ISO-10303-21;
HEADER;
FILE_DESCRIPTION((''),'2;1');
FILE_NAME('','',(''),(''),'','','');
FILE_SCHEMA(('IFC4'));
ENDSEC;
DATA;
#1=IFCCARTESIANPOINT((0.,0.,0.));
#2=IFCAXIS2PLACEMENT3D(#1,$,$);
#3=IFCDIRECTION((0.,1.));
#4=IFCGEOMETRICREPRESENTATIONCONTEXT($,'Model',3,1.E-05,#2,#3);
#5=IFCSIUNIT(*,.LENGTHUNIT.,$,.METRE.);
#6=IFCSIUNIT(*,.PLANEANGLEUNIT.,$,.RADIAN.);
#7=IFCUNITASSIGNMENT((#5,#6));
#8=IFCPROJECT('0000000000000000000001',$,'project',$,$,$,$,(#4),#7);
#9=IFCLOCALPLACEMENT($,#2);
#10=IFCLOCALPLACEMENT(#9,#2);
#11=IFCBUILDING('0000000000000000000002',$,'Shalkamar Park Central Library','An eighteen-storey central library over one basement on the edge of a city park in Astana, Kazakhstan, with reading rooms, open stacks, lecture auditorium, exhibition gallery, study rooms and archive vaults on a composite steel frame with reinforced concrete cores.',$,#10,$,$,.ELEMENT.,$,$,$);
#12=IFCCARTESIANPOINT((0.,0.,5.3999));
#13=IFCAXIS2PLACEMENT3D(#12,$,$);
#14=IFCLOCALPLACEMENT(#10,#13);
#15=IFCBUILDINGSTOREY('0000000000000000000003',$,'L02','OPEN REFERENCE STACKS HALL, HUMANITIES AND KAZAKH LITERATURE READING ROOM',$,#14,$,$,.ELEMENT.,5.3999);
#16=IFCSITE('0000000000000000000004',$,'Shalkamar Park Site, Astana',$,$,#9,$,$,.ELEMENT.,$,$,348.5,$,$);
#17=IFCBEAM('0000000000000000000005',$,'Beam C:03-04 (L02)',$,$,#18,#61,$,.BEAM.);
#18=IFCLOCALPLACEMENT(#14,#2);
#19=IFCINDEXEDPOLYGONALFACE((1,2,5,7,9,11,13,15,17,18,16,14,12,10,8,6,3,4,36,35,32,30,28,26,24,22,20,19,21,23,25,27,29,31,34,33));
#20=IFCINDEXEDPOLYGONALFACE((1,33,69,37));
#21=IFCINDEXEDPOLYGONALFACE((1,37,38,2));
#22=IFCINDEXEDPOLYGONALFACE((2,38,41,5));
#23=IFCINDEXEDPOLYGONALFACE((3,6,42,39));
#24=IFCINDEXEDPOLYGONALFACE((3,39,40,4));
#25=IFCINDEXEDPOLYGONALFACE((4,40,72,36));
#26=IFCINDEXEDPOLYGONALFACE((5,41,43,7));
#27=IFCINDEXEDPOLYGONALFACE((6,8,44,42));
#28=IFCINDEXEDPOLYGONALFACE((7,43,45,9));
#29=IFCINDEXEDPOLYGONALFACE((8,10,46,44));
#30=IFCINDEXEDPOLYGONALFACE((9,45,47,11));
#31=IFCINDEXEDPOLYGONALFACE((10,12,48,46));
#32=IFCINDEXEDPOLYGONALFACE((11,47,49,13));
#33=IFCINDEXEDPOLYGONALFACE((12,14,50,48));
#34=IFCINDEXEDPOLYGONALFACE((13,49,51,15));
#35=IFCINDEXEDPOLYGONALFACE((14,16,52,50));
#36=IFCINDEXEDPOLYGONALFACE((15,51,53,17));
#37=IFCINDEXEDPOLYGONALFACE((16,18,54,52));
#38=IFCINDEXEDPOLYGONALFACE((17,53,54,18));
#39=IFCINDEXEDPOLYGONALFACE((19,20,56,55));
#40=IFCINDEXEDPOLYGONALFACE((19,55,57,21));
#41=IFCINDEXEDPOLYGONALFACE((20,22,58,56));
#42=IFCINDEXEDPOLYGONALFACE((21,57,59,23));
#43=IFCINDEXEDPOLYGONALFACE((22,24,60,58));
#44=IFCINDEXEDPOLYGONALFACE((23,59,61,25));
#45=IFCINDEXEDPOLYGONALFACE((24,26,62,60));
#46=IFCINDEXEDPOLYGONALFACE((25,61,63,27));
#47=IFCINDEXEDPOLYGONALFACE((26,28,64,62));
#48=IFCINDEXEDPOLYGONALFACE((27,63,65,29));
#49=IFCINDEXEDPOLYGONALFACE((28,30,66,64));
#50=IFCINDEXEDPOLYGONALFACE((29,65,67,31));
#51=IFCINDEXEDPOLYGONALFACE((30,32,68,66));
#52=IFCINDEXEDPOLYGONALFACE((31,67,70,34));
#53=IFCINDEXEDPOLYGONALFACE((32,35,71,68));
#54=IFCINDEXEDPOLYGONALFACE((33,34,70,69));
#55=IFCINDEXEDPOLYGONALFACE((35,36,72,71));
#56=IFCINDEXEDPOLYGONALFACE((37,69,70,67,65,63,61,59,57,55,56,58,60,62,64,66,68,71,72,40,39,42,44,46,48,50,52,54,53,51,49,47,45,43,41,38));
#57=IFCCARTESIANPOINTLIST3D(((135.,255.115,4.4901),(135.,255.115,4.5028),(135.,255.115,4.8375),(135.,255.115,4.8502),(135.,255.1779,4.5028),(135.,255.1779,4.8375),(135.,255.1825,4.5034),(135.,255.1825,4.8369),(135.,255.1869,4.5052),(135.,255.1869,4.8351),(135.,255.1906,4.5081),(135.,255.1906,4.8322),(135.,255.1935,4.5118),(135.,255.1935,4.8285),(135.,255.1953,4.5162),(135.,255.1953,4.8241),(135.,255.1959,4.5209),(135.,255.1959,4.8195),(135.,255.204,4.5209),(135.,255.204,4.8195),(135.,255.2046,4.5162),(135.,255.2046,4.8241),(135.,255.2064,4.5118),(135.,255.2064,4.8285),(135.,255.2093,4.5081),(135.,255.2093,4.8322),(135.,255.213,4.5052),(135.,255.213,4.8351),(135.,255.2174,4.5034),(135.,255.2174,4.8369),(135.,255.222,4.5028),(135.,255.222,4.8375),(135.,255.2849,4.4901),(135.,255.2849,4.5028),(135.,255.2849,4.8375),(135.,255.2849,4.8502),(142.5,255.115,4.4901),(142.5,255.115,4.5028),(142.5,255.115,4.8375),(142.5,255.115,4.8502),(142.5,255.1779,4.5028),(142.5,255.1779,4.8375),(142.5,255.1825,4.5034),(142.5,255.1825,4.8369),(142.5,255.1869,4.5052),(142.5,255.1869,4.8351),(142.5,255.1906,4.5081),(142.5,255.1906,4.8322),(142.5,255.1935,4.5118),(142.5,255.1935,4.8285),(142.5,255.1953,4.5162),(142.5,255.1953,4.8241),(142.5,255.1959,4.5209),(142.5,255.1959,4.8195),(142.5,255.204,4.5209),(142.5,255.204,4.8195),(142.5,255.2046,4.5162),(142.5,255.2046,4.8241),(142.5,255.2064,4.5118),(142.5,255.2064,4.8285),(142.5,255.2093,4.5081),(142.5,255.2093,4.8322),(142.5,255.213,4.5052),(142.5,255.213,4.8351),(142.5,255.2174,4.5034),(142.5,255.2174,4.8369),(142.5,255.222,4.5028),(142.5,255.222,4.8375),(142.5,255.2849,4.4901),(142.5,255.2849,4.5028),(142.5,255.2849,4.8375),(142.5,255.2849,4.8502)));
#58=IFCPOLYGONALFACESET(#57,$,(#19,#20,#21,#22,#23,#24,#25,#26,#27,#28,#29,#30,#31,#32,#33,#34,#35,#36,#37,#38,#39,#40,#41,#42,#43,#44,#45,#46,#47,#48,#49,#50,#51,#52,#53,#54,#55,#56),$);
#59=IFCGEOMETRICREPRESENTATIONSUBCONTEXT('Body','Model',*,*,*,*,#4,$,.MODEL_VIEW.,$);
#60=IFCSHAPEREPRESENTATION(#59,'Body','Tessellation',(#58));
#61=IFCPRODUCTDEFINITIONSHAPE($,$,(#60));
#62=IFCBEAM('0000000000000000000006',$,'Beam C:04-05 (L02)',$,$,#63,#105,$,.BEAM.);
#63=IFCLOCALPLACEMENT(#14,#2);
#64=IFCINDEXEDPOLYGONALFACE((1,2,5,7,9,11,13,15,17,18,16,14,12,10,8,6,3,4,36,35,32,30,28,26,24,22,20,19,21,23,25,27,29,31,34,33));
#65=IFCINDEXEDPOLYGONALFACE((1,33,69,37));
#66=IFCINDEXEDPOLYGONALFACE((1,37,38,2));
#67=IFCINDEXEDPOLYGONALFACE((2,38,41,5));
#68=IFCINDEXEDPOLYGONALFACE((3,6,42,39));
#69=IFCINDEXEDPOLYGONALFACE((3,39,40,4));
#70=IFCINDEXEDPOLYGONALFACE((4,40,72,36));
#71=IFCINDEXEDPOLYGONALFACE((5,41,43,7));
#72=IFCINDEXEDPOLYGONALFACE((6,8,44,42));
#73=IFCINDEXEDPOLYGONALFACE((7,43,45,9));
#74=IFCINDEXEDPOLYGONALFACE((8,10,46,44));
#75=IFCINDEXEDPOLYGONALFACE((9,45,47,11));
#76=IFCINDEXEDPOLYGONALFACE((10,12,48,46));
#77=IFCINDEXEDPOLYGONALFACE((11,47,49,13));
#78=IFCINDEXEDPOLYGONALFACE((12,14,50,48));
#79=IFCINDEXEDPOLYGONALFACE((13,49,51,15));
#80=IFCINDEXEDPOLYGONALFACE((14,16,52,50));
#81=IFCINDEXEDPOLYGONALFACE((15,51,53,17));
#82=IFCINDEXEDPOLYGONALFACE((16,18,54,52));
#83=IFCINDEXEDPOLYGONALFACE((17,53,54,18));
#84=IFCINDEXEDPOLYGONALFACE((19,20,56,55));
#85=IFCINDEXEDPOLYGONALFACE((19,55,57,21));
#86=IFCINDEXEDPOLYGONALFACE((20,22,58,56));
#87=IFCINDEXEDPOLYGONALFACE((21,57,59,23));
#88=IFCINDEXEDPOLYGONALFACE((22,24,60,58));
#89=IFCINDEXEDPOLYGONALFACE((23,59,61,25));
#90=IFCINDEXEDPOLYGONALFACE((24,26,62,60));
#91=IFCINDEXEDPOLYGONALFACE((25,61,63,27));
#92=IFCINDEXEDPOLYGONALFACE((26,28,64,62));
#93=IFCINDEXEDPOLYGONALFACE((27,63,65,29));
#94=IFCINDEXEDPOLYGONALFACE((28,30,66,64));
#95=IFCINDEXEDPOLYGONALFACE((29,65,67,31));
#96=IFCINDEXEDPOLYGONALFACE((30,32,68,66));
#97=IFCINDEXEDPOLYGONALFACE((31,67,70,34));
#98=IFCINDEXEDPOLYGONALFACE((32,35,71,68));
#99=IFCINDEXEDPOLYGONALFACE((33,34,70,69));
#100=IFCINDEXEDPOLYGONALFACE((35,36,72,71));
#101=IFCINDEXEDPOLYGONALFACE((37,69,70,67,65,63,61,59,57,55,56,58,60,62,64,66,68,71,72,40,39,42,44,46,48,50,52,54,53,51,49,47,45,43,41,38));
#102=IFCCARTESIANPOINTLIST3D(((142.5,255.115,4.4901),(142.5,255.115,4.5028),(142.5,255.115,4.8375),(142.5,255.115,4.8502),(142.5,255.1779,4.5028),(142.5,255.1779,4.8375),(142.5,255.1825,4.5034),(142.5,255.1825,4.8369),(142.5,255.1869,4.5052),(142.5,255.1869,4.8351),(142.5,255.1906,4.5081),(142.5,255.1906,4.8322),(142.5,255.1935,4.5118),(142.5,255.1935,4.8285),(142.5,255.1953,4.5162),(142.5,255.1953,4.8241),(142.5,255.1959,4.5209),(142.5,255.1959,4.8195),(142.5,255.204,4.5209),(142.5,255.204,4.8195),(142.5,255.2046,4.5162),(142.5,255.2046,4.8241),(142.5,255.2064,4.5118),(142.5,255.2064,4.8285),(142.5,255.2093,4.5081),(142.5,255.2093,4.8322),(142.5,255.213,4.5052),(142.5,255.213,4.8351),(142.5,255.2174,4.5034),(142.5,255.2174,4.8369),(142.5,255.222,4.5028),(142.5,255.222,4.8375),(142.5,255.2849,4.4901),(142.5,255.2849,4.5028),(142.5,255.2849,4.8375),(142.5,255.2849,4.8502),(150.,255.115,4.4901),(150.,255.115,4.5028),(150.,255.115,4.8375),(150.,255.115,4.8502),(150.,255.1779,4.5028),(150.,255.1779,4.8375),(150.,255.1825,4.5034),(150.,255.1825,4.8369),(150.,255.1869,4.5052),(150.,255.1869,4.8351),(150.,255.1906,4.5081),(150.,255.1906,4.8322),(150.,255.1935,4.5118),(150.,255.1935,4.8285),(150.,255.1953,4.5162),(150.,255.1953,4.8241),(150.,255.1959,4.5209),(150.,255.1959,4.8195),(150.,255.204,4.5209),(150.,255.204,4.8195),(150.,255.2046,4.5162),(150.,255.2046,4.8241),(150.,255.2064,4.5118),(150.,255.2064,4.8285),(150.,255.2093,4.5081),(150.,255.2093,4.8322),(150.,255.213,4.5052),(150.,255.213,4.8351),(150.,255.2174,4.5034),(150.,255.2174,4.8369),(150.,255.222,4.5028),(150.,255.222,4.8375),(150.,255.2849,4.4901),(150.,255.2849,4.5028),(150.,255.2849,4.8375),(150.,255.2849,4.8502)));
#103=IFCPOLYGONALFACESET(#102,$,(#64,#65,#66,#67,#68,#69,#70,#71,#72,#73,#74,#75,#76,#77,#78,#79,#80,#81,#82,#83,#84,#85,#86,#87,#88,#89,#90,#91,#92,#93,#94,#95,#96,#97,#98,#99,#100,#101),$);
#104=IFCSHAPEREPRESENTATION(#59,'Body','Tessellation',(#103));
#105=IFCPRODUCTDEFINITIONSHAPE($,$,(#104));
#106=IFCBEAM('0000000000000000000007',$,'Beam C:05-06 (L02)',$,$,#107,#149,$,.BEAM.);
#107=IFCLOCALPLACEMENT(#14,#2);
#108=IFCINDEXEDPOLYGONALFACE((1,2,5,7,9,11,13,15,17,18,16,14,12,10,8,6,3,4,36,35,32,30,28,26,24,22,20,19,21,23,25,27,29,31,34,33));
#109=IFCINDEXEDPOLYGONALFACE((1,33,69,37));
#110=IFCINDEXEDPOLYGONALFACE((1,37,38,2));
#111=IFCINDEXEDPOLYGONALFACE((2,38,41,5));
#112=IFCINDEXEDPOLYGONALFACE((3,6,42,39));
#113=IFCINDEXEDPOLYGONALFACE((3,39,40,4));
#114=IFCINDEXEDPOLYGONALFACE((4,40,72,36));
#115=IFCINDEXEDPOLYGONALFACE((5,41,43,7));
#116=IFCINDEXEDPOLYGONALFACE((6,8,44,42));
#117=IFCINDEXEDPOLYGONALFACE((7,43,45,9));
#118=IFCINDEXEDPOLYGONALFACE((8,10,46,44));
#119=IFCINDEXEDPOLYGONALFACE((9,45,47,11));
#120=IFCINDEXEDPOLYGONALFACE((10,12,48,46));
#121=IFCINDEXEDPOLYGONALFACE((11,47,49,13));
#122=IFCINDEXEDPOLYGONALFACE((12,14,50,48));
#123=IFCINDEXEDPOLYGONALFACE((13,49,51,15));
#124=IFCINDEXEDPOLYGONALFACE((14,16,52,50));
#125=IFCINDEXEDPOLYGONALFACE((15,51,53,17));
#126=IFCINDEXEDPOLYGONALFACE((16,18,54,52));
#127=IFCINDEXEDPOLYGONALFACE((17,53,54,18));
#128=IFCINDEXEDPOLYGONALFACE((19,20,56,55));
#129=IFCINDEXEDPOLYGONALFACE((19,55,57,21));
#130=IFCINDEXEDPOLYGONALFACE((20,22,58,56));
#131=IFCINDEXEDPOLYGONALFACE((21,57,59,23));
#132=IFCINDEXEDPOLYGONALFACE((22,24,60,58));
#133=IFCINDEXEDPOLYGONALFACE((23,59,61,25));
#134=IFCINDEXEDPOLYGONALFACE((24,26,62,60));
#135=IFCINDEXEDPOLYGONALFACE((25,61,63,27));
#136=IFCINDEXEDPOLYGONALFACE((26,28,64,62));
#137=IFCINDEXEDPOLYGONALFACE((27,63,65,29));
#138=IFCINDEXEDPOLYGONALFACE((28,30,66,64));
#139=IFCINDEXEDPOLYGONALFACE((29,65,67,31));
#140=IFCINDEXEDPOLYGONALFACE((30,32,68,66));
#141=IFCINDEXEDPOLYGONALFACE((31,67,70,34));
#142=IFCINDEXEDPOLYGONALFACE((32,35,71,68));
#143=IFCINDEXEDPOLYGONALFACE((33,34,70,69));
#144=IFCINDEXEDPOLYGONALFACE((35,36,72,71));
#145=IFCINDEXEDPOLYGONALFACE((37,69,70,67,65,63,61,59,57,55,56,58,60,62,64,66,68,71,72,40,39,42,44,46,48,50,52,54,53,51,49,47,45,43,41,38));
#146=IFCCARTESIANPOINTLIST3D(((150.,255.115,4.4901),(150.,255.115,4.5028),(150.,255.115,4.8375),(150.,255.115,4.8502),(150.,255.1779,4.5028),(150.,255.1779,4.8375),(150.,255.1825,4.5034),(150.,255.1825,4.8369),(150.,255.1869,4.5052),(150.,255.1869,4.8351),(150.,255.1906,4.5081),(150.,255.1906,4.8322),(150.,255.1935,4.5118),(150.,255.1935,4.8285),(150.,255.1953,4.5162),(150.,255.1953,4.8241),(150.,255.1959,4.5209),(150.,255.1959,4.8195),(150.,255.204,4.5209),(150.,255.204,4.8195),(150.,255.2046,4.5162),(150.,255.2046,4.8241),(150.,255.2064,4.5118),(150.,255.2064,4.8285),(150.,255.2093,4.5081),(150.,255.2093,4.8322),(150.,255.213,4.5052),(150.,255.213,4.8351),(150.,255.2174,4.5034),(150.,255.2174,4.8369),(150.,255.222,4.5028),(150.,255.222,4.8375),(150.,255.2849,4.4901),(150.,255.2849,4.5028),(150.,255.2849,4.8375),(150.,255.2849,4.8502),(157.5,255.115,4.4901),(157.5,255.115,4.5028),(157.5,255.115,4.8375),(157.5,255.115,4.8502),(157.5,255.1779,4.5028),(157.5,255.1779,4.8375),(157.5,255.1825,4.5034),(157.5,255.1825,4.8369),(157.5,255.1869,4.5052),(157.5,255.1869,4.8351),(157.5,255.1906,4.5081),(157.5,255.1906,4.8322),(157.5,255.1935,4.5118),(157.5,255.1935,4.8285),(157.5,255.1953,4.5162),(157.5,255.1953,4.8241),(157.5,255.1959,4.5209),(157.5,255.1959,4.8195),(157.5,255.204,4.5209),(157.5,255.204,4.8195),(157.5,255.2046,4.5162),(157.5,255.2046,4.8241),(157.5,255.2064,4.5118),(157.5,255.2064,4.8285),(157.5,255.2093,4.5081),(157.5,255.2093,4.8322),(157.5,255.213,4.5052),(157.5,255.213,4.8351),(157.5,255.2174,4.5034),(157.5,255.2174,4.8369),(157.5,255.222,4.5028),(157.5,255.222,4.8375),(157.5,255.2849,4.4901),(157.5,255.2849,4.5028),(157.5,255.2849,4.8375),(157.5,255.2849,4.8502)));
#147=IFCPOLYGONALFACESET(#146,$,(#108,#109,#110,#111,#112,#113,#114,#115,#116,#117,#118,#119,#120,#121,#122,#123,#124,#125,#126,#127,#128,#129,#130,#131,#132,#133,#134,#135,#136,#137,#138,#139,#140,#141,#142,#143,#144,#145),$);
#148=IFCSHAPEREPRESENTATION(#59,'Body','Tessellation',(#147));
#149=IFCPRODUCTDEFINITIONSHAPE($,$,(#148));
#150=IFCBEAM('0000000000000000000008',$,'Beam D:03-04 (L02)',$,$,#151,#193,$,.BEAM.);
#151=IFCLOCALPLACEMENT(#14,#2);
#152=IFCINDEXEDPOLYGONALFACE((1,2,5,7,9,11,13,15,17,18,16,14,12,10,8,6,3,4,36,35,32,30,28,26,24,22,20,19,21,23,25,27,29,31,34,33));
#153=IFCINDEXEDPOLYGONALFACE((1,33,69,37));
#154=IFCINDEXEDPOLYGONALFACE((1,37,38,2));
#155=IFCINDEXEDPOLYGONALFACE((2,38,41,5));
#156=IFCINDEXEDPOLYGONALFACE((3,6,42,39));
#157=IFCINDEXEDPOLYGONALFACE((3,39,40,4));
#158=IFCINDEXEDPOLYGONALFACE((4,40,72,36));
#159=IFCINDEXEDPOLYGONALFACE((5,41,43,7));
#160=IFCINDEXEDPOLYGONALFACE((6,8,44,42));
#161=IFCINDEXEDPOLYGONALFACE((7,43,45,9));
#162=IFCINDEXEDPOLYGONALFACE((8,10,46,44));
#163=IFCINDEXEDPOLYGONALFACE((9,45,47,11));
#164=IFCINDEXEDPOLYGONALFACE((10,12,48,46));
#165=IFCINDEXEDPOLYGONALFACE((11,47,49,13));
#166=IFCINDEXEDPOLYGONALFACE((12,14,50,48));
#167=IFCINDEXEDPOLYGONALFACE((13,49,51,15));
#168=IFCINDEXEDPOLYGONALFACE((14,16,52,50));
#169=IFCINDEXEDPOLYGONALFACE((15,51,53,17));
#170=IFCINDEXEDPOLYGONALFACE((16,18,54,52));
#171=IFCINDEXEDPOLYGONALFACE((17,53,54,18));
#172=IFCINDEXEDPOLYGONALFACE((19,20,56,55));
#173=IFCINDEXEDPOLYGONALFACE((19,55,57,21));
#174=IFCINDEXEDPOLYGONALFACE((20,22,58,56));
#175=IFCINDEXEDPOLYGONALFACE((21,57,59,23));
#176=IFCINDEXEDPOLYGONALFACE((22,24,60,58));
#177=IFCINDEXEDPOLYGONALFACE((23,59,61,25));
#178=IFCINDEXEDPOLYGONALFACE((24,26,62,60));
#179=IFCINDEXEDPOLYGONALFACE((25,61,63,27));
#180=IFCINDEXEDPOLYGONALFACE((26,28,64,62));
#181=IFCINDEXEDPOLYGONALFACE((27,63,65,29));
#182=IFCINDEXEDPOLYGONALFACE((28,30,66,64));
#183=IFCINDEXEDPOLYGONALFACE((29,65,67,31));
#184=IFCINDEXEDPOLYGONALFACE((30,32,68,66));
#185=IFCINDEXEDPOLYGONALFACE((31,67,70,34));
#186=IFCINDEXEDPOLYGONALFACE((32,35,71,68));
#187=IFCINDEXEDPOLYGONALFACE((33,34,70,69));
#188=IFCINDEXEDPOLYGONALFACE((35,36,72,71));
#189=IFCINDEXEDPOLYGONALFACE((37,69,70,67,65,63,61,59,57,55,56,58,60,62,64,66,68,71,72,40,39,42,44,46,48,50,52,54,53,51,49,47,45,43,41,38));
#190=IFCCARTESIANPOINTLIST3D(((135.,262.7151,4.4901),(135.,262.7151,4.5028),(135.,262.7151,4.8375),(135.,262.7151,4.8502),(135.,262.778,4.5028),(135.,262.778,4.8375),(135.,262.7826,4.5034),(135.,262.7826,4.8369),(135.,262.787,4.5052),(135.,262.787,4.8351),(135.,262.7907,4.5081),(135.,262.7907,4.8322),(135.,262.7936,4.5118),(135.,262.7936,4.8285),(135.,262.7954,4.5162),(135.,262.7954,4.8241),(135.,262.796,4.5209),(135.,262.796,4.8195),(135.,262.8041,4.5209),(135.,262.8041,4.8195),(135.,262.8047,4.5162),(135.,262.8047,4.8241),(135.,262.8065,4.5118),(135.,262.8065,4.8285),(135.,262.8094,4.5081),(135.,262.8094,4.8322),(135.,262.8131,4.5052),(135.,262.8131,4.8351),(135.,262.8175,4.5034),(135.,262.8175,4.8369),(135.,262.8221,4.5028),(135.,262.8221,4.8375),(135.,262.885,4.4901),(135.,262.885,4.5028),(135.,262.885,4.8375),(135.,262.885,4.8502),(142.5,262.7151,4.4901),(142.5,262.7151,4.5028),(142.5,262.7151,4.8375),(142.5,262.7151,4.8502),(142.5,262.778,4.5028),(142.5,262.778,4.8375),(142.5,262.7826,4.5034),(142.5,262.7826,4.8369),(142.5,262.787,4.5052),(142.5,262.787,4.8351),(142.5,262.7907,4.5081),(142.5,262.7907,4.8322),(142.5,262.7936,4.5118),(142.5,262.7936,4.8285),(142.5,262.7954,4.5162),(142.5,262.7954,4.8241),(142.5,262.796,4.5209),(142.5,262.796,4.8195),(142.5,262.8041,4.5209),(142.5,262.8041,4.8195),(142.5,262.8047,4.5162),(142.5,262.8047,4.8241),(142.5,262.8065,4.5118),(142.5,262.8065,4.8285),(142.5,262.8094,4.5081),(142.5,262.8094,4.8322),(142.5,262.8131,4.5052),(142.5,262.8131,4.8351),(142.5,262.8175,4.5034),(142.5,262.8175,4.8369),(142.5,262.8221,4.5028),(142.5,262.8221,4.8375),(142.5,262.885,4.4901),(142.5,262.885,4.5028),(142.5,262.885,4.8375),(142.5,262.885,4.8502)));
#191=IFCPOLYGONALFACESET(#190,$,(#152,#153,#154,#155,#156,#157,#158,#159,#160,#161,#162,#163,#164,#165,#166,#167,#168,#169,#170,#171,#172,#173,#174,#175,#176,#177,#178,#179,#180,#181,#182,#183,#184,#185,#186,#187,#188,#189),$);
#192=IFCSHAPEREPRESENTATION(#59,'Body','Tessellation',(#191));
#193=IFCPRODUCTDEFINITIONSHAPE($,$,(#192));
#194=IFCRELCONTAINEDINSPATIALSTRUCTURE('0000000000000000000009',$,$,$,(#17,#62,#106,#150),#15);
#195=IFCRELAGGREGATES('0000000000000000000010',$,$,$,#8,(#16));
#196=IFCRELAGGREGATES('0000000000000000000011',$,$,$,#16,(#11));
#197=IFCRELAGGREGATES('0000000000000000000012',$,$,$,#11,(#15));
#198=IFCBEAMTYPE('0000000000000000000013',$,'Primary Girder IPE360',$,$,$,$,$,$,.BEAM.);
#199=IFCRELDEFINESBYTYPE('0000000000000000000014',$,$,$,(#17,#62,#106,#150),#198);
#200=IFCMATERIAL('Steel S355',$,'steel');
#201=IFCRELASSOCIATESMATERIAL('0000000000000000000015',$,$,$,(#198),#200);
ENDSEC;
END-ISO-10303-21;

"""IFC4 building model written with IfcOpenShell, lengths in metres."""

from ifc_helpers import new_model, si_unit, direction, frame, origin, origin_2d, place, context, subcontext, project, spatial, i_section, extrude, material, material_profile, profile_set, type_object, element, save


model = new_model("IFC4")

# Units and contexts
model_context = context("Model", 3, precision=1e-05, world=origin(), true_north=direction((0.0, 1.0)))
body_context = subcontext(model_context, "Body", "Model", "MODEL_VIEW")
ifc_project = project(units=[si_unit("LENGTHUNIT", "METRE"), si_unit("PLANEANGLEUNIT", "RADIAN")], contexts=[model_context])

# Site, building, storey
site_placement = place(None, origin())
site = spatial("IfcSite", under=ifc_project, at=site_placement, Name="Shalkamar Park Site, Astana", CompositionType="ELEMENT", RefElevation=348.5)
building_placement = place(site_placement, origin())
building = spatial("IfcBuilding", under=site, at=building_placement, Name="Shalkamar Park Central Library", Description="An eighteen-storey central library over one basement on the edge of a city park in Astana, Kazakhstan, with reading rooms, open stacks, lecture auditorium, exhibition gallery, study rooms and archive vaults on a composite steel frame with reinforced concrete cores.", CompositionType="ELEMENT")
storey_placement = place(building_placement, frame((0.0, 0.0, 5.3999)))
storey = spatial("IfcBuildingStorey", under=building, at=storey_placement, Name="L02", Description="OPEN REFERENCE STACKS HALL, HUMANITIES AND KAZAKH LITERATURE READING ROOM", CompositionType="ELEMENT", Elevation=5.3999)

# Shared definitions
ifc_material_1 = material(Name="Steel S355", Category="steel")

# Beams
ifc_material_profile_1 = material_profile(ifc_material_1, i_section(OverallWidth=0.1699, OverallDepth=0.3601, WebThickness=0.0081, FlangeThickness=0.0127, FilletRadius=0.0181, at=origin_2d()), Name="IPE 360")
ifc_profile_set_1 = profile_set([ifc_material_profile_1], Name="Steel S355")
beam_type_1 = type_object("IfcBeamType", Name="Primary Girder IPE360", PredefinedType="BEAM", material=ifc_profile_set_1)
for number, where, z_axis, x_axis, name in (
    (1, (135.0, 255.2, 4.6702), (1.0, 0.0, 0.0), (0.0, 1.0, 0.0), "Beam C:03-04 (L02)"),
    (2, (142.5, 255.2, 4.6702), (1.0, 0.0, 0.0), (0.0, 1.0, 0.0), "Beam C:04-05 (L02)"),
    (3, (150.0, 255.2, 4.6702), (1.0, 0.0, 0.0), (0.0, 1.0, 0.0), "Beam C:05-06 (L02)"),
    (4, (135.0, 262.8, 4.6702), (1.0, 0.0, 0.0), (0.0, 1.0, 0.0), "Beam D:03-04 (L02)"),
):
    element("IfcBeam", number, at=place(storey_placement, frame(where, z_axis=z_axis, x_axis=x_axis)), inside=storey, type_object=beam_type_1, Name=name, PredefinedType="BEAM", context=body_context, shape_type="SweptSolid", body=[
        extrude(i_section(OverallWidth=0.1699, OverallDepth=0.3601, WebThickness=0.0081, FlangeThickness=0.0127, FilletRadius=0.0181, at=origin_2d()), origin(), (0.0, 0.0, 1.0), 7.5),
    ])

save(model, "model.ifc")
